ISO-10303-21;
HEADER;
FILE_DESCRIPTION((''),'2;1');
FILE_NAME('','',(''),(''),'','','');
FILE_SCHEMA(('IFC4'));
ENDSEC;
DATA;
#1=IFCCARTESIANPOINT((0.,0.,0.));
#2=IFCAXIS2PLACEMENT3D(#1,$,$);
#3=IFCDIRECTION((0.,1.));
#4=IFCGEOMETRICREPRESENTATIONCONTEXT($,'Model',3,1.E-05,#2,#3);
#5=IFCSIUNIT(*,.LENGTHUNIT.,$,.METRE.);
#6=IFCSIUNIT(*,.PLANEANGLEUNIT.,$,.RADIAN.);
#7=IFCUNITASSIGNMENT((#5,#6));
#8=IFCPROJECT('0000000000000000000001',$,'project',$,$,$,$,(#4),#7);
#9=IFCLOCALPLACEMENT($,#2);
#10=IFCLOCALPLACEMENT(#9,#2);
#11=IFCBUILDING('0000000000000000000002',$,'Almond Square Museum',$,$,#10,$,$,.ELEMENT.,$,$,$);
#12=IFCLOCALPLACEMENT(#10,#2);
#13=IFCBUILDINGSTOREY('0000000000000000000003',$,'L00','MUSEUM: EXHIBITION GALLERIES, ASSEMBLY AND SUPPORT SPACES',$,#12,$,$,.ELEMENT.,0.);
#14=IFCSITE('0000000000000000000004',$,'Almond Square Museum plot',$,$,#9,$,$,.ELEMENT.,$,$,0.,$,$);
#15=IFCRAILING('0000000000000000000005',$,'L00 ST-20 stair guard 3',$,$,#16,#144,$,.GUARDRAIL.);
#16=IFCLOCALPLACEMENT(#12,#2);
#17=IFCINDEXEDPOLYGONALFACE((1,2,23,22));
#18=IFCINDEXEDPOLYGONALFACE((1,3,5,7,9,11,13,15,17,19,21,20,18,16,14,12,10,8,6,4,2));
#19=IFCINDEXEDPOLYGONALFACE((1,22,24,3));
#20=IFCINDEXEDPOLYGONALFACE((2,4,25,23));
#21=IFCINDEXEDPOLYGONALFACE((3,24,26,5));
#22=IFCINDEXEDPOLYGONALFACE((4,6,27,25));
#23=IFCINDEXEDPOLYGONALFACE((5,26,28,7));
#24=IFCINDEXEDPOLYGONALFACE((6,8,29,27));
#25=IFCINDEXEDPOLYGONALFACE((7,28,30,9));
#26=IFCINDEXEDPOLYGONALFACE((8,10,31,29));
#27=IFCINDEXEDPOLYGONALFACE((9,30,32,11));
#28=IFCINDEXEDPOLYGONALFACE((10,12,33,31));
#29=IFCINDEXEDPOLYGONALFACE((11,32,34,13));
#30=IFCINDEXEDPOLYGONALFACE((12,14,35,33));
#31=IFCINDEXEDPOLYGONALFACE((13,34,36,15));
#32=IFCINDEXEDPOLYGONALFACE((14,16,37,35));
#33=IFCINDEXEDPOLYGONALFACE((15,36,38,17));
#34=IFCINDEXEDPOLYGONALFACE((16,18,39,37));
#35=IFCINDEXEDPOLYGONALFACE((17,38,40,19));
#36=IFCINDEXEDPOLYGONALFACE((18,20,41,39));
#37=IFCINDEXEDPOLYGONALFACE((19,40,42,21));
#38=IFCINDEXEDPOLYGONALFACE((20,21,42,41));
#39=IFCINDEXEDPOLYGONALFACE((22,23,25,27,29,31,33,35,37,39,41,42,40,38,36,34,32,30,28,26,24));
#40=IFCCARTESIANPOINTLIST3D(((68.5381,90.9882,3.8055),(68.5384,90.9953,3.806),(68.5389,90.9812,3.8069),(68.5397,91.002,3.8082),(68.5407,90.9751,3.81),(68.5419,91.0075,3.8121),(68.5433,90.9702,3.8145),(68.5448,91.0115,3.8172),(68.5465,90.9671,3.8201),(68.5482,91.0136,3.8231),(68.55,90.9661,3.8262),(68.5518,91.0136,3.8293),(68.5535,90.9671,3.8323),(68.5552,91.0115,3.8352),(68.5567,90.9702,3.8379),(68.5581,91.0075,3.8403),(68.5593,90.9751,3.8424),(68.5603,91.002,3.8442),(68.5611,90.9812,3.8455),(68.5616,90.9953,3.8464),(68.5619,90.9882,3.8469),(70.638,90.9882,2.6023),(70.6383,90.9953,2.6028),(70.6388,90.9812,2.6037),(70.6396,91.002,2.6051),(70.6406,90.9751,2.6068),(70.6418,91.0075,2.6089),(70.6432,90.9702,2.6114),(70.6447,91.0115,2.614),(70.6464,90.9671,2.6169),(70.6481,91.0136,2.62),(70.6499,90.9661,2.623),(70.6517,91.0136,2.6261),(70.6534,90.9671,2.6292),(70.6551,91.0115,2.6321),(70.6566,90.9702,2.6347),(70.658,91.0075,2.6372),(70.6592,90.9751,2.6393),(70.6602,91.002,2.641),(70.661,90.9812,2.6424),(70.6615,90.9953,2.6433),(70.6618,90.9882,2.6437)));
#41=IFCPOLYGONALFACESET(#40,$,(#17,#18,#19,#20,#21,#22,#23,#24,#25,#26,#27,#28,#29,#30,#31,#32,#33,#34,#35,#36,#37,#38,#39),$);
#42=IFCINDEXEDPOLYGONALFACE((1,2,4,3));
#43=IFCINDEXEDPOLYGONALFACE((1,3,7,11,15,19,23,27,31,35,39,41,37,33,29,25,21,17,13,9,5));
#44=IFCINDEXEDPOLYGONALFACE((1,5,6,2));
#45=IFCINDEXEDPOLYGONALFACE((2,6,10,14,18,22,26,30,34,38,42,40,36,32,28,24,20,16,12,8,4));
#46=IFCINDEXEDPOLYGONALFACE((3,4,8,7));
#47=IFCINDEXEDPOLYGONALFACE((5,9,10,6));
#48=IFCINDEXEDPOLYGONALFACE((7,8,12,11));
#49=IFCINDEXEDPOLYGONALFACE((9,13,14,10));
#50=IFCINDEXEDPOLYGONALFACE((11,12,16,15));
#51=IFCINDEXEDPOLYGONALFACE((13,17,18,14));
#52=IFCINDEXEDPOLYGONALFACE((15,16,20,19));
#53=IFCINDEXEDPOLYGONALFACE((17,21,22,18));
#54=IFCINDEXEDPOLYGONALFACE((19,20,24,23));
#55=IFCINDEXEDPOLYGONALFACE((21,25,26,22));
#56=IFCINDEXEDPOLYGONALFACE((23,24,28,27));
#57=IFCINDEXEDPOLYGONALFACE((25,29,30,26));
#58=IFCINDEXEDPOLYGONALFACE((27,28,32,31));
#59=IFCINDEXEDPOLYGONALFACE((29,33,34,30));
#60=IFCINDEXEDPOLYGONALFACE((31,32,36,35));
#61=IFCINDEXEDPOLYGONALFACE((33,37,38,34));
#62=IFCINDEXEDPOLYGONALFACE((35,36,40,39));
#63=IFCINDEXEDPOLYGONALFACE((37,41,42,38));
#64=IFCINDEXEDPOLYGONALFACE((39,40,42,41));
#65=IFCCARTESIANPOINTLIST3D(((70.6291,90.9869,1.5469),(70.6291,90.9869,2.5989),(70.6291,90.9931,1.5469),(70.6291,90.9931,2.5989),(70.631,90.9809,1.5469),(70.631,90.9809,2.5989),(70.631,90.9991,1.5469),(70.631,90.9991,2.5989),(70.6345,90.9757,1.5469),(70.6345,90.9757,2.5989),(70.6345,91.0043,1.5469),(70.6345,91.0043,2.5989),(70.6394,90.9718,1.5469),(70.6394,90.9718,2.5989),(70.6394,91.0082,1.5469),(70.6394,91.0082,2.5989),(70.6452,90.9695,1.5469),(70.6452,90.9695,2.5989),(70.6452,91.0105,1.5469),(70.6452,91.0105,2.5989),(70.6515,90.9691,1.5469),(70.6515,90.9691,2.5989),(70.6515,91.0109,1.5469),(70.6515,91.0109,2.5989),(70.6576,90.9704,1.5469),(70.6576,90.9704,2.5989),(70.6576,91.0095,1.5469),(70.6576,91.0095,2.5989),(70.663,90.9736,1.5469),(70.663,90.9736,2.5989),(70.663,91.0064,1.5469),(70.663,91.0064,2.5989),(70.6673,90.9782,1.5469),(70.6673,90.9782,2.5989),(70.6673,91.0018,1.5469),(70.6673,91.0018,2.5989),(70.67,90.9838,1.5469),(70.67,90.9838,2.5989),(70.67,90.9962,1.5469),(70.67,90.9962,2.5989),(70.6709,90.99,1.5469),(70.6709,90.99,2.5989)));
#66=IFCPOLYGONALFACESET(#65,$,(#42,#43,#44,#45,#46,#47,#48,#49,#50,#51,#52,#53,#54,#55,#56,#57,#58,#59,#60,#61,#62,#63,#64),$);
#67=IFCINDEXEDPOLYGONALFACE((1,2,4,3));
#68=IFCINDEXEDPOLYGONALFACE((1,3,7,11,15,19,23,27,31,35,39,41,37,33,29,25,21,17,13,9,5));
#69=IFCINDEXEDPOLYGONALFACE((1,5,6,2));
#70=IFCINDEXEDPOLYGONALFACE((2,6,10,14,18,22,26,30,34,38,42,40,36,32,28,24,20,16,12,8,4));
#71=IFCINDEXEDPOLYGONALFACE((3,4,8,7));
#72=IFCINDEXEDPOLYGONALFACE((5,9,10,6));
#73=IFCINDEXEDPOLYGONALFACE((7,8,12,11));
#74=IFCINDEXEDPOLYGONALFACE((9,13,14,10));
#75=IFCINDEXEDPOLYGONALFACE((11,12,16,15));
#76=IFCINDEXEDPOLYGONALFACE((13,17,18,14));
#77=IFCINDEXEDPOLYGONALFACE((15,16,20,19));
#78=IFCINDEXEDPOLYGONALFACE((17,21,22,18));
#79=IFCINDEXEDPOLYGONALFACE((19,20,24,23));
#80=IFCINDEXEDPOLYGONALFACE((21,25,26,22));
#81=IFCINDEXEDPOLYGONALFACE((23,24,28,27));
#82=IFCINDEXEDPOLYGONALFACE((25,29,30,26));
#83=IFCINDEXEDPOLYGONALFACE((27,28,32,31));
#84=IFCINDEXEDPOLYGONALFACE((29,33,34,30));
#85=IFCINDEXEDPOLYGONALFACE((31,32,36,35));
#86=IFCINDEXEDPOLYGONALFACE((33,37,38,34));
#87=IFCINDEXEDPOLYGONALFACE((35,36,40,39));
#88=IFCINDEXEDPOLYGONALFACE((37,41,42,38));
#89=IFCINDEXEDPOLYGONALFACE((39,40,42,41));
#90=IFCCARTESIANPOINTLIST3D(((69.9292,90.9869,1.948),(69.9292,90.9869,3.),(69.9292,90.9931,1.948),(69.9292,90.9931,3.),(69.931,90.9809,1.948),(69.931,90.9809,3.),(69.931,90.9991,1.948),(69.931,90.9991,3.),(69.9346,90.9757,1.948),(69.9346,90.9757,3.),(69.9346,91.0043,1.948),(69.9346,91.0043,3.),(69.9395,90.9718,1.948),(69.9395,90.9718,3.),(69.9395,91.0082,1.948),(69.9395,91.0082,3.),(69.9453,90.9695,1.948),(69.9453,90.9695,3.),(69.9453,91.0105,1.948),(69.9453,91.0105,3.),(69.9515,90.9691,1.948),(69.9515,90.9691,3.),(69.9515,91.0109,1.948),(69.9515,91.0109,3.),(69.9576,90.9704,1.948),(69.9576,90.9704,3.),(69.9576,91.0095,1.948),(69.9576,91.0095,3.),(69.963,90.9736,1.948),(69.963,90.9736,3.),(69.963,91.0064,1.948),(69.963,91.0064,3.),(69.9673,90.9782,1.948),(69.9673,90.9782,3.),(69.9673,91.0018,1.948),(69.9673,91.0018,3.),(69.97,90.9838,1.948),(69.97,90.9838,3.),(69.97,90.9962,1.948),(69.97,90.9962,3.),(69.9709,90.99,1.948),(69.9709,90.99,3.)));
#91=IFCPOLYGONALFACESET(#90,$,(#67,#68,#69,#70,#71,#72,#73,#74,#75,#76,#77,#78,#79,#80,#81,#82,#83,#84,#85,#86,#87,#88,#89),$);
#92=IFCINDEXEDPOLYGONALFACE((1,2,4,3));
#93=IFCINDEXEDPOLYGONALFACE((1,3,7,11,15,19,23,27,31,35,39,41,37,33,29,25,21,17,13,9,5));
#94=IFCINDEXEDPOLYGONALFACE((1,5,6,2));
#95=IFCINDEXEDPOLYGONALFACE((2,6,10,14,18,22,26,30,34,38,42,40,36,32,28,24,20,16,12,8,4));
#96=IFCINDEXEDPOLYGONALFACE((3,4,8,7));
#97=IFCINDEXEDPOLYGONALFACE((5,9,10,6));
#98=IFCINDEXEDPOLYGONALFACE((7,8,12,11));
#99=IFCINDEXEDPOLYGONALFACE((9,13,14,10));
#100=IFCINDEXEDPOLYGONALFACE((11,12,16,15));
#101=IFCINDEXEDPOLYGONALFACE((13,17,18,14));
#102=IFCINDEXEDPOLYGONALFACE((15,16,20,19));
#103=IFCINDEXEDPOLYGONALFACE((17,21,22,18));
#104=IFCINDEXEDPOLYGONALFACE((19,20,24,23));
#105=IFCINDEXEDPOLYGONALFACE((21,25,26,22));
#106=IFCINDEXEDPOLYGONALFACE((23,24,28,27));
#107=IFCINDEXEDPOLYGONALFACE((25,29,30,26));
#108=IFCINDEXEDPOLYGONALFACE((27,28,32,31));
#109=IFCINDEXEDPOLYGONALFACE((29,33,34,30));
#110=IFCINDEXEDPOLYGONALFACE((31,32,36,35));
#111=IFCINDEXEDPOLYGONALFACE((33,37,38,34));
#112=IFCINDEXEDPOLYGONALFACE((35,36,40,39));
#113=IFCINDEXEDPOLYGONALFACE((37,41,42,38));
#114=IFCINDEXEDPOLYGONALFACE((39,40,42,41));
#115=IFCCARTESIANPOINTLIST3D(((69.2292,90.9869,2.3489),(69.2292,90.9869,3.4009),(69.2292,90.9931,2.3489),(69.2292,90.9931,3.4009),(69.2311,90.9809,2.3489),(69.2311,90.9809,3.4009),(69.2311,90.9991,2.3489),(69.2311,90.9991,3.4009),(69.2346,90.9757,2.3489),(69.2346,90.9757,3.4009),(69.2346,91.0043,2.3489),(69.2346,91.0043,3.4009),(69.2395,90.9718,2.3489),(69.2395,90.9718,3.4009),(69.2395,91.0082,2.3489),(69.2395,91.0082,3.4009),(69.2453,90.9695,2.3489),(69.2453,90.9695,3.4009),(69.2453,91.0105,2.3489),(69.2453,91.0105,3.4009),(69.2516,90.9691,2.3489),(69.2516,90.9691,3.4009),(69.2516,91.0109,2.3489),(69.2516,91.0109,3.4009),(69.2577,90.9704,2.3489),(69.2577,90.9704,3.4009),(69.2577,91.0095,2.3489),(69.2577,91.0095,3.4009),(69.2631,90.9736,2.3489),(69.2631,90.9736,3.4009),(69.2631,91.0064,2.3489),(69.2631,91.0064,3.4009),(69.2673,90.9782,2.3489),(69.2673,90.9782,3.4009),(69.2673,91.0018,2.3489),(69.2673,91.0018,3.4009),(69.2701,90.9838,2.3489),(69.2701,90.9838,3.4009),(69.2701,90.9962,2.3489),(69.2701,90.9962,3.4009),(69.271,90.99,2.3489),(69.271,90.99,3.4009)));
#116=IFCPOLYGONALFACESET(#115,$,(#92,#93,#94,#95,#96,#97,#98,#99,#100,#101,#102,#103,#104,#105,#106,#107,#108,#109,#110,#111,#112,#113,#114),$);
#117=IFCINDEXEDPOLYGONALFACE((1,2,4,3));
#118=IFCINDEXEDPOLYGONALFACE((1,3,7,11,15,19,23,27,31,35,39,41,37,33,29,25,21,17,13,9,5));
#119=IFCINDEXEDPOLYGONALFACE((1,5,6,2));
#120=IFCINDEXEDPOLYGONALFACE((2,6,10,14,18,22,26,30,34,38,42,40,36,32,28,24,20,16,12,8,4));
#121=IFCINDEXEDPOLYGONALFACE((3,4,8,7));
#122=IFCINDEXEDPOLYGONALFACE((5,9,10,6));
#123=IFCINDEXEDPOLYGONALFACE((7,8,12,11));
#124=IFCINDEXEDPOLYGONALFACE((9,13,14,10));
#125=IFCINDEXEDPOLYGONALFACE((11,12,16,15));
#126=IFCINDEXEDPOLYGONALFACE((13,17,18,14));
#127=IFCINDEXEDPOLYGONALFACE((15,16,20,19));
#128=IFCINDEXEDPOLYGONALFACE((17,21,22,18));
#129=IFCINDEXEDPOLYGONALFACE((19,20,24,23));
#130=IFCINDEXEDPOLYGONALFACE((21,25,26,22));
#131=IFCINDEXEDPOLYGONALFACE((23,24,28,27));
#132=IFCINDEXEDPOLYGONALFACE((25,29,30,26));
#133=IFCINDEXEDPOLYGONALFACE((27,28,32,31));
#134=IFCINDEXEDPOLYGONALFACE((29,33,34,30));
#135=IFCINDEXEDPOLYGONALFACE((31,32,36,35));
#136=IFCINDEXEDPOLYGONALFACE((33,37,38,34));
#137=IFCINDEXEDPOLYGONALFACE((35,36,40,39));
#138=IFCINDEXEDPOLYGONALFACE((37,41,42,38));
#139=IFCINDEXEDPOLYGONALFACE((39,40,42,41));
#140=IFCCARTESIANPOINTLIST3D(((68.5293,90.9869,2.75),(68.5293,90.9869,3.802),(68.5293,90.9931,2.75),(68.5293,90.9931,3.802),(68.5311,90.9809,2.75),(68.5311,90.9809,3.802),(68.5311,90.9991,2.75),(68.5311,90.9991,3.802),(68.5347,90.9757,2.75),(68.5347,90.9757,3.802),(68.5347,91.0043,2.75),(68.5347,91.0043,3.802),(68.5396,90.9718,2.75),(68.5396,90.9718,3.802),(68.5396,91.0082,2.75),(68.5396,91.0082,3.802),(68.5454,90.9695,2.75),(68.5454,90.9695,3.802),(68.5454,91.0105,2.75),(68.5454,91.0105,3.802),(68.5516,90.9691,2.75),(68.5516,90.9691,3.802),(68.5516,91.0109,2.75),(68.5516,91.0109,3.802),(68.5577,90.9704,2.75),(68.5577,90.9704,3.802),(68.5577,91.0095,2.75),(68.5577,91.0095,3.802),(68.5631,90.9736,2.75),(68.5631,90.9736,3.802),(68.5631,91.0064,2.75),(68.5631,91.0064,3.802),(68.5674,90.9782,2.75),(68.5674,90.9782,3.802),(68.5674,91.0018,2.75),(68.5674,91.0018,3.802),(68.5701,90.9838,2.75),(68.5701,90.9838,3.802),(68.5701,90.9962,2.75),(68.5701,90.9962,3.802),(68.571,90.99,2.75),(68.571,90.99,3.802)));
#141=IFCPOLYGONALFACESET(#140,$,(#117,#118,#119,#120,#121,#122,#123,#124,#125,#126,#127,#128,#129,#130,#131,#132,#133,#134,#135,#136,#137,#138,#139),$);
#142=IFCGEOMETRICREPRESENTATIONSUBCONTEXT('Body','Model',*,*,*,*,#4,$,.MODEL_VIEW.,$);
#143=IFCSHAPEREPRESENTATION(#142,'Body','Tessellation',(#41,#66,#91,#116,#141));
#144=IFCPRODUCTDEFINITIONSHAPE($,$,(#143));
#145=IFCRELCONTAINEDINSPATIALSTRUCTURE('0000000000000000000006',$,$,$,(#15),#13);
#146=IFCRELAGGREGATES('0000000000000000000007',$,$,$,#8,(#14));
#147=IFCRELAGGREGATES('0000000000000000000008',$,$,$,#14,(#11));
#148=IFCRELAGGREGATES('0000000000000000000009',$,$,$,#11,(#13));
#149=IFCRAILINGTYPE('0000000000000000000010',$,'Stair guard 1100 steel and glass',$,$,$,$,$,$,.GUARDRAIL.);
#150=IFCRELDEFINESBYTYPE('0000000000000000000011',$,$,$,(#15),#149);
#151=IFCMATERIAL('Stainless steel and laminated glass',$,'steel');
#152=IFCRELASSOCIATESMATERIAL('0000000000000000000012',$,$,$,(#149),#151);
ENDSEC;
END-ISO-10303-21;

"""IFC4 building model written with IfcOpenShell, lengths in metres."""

from ifc_helpers import new_model, si_unit, direction, frame, origin, origin_2d, place, context, subcontext, project, spatial, circle, extrude, material, type_object, element, save


model = new_model("IFC4")

# Units and contexts
model_context = context("Model", 3, precision=1e-05, world=origin(), true_north=direction((0.0, 1.0)))
body_context = subcontext(model_context, "Body", "Model", "MODEL_VIEW")
ifc_project = project(units=[si_unit("LENGTHUNIT", "METRE"), si_unit("PLANEANGLEUNIT", "RADIAN")], contexts=[model_context])

# Site, building, storey
site_placement = place(None, origin())
site = spatial("IfcSite", under=ifc_project, at=site_placement, Name="Almond Square Museum plot", CompositionType="ELEMENT", RefElevation=0.0)
building_placement = place(site_placement, origin())
building = spatial("IfcBuilding", under=site, at=building_placement, Name="Almond Square Museum", CompositionType="ELEMENT")
storey_placement = place(building_placement, origin())
storey = spatial("IfcBuildingStorey", under=building, at=storey_placement, Name="L00", Description="MUSEUM: EXHIBITION GALLERIES, ASSEMBLY AND SUPPORT SPACES", CompositionType="ELEMENT", Elevation=0.0)

# Railing
ifc_material_1 = material(Name="Stainless steel and laminated glass", Category="steel")
railing_type_1 = type_object("IfcRailingType", Name="Stair guard 1100 steel and glass", PredefinedType="GUARDRAIL", material=ifc_material_1)
railing_1_placement = place(storey_placement, frame((70.6499, 90.99, 1.5469)))
element("IfcRailing", 1, at=railing_1_placement, inside=storey, type_object=railing_type_1, Name="L00 ST-20 stair guard 3", PredefinedType="GUARDRAIL", context=body_context, shape_type="SweptSolid", body=[
    extrude(circle(Radius=0.0239, at=origin_2d()), frame((0.0, 0.0, 1.0762), z_axis=(-0.867671, 0.0, 0.497138), x_axis=(0.0, -1.0, 0.0)), (0.0, 0.0, 1.0), 2.4202),
    extrude(circle(Radius=0.021, at=origin_2d()), origin(), (0.0, 0.0, 1.0), 1.052),
    extrude(circle(Radius=0.021, at=origin_2d()), frame((-0.7, 0.0, 0.4011)), (0.0, 0.0, 1.0), 1.052),
    extrude(circle(Radius=0.021, at=origin_2d()), frame((-1.3999, 0.0, 0.802)), (0.0, 0.0, 1.0), 1.052),
    extrude(circle(Radius=0.021, at=origin_2d()), frame((-2.0999, 0.0, 1.2031)), (0.0, 0.0, 1.0), 1.052),
])

save(model, "model.ifc")
